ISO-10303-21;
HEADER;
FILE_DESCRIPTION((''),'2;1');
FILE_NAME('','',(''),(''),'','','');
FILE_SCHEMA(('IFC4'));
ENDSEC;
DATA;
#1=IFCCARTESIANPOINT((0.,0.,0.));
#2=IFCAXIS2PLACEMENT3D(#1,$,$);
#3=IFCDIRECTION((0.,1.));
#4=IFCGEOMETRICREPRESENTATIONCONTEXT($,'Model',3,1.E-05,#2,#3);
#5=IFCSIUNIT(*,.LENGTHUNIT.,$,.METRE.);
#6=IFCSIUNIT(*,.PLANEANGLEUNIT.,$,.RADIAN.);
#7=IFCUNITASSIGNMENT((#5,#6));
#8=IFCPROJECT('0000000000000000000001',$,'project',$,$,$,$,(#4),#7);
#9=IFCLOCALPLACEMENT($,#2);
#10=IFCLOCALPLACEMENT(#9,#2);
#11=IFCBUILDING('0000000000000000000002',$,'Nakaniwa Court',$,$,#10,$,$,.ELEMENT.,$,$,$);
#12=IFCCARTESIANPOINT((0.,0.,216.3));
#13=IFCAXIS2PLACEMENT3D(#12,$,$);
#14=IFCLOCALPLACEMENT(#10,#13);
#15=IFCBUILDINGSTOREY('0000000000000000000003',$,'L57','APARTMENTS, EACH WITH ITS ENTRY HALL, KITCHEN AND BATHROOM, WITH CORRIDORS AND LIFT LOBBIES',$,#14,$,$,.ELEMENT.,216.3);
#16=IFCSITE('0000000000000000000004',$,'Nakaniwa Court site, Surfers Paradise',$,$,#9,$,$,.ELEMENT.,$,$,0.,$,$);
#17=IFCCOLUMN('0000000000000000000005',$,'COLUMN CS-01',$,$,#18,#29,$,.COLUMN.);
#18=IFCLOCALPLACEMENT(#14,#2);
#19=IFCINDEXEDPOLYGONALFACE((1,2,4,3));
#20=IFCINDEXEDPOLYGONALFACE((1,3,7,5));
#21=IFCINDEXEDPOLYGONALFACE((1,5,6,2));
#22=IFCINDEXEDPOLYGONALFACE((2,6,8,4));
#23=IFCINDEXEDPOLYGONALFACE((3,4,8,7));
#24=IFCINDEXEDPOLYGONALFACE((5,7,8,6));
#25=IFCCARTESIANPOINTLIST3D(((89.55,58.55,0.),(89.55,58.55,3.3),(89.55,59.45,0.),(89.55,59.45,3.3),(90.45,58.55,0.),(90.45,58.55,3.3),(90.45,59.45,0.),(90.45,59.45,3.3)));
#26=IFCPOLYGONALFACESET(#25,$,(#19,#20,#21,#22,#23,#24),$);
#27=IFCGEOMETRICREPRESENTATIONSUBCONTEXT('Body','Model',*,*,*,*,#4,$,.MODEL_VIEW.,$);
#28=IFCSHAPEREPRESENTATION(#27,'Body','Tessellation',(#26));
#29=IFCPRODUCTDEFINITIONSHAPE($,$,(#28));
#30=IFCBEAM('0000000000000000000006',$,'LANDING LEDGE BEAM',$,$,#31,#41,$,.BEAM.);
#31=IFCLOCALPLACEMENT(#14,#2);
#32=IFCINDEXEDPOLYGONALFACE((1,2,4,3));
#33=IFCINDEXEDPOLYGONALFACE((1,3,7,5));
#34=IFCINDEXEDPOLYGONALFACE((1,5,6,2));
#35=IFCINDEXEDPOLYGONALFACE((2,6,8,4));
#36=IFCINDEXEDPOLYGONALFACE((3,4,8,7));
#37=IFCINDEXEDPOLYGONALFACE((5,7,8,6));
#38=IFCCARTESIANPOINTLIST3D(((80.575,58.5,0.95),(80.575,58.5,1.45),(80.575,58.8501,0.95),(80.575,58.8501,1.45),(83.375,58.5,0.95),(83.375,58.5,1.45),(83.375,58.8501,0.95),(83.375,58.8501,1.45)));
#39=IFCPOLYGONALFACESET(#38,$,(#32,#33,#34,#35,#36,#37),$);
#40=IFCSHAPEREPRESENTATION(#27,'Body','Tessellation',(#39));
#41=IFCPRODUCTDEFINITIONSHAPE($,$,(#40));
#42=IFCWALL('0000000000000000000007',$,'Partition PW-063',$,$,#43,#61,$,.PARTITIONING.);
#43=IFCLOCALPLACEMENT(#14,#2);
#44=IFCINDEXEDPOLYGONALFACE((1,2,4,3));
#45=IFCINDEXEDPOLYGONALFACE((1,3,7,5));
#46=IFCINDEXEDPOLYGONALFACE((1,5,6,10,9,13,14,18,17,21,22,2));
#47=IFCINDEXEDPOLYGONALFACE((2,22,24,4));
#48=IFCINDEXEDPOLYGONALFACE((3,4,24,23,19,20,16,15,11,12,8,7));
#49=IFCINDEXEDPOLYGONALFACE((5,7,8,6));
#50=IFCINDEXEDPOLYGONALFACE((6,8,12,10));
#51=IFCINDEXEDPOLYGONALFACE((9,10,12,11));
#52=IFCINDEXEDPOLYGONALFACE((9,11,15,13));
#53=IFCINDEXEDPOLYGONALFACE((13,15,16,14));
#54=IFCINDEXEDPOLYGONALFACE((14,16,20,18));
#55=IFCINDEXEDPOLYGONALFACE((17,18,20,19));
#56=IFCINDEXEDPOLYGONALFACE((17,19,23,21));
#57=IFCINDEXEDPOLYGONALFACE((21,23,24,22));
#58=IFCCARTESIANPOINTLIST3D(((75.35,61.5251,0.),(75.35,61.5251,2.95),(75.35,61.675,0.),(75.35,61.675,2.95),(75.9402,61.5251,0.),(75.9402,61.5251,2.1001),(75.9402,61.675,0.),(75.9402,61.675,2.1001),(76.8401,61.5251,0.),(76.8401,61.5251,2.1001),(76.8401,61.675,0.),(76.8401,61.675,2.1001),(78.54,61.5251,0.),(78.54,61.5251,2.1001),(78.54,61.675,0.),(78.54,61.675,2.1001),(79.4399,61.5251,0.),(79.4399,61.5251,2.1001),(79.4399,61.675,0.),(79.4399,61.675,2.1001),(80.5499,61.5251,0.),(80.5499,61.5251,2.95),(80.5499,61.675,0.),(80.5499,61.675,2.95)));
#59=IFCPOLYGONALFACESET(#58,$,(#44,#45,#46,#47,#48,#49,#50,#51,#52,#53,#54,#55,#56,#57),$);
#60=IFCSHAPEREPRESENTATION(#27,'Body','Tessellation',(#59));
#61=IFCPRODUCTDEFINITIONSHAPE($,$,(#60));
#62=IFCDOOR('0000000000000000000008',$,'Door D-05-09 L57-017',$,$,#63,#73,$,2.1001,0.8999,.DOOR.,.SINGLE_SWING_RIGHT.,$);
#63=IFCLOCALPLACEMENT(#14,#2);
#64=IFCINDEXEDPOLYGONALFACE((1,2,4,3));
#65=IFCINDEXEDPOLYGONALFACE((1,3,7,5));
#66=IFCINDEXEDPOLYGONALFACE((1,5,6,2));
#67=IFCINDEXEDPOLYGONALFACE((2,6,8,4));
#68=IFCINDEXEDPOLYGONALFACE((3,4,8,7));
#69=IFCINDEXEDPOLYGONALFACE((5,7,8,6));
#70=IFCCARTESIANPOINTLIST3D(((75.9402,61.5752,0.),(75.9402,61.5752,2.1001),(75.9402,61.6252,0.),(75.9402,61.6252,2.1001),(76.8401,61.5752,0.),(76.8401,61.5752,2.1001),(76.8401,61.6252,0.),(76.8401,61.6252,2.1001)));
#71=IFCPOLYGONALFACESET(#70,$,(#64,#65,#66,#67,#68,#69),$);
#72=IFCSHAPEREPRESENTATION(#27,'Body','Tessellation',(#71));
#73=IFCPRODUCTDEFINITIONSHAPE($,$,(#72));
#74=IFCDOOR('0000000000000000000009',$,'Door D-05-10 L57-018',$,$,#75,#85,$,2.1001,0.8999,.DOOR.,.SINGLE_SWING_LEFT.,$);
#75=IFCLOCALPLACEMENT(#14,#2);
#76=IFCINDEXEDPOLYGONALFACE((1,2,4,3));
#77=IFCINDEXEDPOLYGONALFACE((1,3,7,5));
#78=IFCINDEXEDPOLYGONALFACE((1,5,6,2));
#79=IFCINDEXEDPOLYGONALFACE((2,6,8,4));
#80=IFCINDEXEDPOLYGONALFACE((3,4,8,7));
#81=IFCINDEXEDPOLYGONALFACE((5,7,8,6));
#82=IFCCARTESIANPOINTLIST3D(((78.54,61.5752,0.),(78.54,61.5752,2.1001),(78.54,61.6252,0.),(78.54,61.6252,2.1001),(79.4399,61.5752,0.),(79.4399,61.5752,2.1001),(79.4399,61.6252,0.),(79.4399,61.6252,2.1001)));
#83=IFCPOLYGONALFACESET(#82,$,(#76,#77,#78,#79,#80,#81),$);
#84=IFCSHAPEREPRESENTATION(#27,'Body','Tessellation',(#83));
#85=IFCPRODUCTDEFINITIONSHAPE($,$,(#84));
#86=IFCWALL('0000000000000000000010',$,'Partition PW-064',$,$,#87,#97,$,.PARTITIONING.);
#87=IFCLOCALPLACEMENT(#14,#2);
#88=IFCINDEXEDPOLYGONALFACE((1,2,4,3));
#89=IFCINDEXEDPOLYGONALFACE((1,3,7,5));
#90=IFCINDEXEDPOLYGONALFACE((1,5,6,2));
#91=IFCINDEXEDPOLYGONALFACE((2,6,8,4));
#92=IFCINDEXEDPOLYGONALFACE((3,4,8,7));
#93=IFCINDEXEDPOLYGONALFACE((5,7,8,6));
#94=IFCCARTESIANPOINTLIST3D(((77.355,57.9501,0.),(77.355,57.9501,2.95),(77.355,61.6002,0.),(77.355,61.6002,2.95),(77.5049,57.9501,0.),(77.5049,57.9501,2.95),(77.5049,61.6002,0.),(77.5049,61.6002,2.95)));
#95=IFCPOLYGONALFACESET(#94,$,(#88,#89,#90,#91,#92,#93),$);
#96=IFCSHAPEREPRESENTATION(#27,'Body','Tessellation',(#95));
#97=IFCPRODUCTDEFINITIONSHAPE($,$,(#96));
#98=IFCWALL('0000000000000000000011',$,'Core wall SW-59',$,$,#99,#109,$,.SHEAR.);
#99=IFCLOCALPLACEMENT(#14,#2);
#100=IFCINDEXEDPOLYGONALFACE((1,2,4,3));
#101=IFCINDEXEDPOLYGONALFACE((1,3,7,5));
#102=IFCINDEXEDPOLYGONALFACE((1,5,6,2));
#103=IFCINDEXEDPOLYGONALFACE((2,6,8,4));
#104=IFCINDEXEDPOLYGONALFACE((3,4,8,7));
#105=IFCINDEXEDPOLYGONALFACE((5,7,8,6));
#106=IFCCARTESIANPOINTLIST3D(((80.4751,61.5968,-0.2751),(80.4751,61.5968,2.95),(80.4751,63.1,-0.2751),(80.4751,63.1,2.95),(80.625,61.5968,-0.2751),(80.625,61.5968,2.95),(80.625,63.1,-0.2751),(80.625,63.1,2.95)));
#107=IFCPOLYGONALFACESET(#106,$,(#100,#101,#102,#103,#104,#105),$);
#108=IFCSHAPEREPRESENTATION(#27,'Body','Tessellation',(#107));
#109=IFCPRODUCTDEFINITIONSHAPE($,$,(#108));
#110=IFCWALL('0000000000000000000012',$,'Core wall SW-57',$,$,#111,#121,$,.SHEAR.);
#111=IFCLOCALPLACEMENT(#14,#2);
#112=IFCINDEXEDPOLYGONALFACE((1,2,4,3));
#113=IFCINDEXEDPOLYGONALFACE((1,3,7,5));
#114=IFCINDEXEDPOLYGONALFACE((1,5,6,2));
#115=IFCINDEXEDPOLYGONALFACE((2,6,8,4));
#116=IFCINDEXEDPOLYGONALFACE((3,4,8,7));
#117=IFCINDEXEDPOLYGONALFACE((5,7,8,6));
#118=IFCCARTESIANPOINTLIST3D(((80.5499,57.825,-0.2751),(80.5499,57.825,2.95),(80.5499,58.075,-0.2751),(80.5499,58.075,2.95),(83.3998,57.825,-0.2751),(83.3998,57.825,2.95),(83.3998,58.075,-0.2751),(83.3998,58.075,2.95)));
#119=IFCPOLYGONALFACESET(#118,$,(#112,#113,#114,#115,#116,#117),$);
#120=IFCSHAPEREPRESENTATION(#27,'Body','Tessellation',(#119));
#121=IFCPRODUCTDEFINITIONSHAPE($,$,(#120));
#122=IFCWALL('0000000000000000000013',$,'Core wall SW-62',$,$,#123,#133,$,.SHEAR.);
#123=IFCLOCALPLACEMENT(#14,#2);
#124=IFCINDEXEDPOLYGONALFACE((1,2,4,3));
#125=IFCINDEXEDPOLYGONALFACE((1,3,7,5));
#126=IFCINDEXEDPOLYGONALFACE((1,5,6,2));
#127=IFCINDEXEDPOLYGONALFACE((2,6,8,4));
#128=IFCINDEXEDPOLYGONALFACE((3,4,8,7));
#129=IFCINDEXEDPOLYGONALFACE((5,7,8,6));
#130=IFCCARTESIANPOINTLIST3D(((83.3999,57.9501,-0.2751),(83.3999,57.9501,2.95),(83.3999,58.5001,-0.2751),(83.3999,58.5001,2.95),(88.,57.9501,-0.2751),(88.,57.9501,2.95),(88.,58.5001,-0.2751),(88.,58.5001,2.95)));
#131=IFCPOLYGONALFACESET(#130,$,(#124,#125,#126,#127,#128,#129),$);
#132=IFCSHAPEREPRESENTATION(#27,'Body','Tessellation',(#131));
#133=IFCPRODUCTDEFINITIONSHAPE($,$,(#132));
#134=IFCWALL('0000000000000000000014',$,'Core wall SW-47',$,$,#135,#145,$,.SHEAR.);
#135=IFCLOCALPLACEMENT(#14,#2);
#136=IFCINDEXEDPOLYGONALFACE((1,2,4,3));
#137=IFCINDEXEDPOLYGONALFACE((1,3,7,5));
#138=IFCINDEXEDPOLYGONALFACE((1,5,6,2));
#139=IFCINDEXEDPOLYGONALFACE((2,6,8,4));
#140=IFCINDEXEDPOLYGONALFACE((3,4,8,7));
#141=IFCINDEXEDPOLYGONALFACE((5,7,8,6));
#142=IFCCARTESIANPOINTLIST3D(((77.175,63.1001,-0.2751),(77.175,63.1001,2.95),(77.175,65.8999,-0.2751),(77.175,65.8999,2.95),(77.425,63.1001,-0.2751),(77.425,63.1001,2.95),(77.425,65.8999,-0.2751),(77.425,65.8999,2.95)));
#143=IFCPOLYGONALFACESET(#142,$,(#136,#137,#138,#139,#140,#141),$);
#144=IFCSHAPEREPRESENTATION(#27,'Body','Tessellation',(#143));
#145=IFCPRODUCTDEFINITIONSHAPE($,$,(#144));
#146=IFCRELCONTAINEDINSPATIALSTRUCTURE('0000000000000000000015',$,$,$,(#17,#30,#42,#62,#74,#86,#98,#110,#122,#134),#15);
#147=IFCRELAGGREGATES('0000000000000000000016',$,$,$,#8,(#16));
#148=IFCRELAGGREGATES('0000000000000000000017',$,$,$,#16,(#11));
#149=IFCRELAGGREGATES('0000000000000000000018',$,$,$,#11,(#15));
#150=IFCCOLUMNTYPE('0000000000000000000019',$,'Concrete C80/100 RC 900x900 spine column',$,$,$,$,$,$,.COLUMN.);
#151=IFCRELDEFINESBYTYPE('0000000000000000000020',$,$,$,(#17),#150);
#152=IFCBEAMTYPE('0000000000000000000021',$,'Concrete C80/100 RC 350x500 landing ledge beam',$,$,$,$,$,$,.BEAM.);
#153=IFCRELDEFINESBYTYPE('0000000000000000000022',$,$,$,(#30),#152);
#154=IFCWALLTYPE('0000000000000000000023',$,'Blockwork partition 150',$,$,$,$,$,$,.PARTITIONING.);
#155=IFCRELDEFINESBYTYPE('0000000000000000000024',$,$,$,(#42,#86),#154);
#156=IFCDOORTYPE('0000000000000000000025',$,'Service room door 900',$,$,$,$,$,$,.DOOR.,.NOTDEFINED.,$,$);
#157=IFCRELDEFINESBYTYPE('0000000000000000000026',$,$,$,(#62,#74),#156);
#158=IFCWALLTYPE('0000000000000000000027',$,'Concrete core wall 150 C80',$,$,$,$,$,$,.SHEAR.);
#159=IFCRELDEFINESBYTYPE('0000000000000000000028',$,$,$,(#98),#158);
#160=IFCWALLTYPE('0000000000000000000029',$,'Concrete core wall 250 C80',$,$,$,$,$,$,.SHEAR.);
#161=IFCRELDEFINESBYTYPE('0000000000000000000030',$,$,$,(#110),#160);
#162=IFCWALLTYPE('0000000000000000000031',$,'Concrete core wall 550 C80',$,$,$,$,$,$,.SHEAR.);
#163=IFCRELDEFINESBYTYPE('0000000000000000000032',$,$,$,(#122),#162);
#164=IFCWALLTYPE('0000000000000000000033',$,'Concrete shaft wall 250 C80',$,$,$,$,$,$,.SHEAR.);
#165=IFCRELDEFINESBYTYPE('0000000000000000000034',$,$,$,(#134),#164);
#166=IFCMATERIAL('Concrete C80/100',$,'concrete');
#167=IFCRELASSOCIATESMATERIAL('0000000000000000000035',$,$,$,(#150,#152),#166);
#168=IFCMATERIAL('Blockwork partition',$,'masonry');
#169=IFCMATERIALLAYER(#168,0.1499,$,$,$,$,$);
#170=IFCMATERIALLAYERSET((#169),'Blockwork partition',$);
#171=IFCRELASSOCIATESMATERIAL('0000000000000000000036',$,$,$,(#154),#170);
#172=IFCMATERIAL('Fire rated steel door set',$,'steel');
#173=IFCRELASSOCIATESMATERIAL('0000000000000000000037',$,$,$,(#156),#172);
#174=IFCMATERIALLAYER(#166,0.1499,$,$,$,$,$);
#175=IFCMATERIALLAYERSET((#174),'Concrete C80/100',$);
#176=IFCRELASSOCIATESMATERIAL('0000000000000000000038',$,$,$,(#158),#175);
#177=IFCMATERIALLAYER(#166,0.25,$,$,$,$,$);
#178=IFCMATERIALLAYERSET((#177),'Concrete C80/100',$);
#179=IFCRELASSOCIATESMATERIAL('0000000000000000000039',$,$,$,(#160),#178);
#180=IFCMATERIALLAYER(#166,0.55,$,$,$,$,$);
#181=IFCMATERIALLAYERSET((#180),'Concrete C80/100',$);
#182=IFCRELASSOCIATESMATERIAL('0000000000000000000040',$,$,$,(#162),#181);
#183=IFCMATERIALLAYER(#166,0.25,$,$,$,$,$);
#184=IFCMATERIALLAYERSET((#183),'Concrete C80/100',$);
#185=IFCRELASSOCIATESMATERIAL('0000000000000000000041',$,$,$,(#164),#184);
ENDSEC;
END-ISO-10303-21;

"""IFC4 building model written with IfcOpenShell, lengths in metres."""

from ifc_helpers import new_model, si_unit, direction, frame, frame_2d, origin, origin_2d, place, context, subcontext, project, spatial, rectangle, extrude, material, layer, layer_set, material_profile, profile_set, type_object, element, fill, save


model = new_model("IFC4")

# Units and contexts
model_context = context("Model", 3, precision=1e-05, world=origin(), true_north=direction((0.0, 1.0)))
body_context = subcontext(model_context, "Body", "Model", "MODEL_VIEW")
ifc_project = project(units=[si_unit("LENGTHUNIT", "METRE"), si_unit("PLANEANGLEUNIT", "RADIAN")], contexts=[model_context])

# Site, building, storey
site_placement = place(None, origin())
site = spatial("IfcSite", under=ifc_project, at=site_placement, Name="Nakaniwa Court site, Surfers Paradise", CompositionType="ELEMENT", RefElevation=0.0)
building_placement = place(site_placement, origin())
building = spatial("IfcBuilding", under=site, at=building_placement, Name="Nakaniwa Court", CompositionType="ELEMENT")
storey_placement = place(building_placement, frame((0.0, 0.0, 216.3)))
storey = spatial("IfcBuildingStorey", under=building, at=storey_placement, Name="L57", Description="APARTMENTS, EACH WITH ITS ENTRY HALL, KITCHEN AND BATHROOM, WITH CORRIDORS AND LIFT LOBBIES", CompositionType="ELEMENT", Elevation=216.3)

# Column
ifc_material_1 = material(Name="Concrete C80/100", Category="concrete")
ifc_material_profile_1 = material_profile(ifc_material_1, rectangle(XDim=0.8999, YDim=0.8999, at=origin_2d()), Name="Concrete C80/100 RC 900x900 spine column")
ifc_profile_set_1 = profile_set([ifc_material_profile_1], Name="Concrete C80/100")
column_type = type_object("IfcColumnType", Name="Concrete C80/100 RC 900x900 spine column", PredefinedType="COLUMN", material=ifc_profile_set_1)
column_placement = place(storey_placement, frame((90.0, 59.0, 0.0), z_axis=(0.0, 0.0, 1.0), x_axis=(0.0, 1.0, 0.0)))
element("IfcColumn", 1, at=column_placement, inside=storey, type_object=column_type, Name="COLUMN CS-01", PredefinedType="COLUMN", context=body_context, shape_type="SweptSolid", body=[
    extrude(rectangle(XDim=0.8999, YDim=0.8999, at=origin_2d()), origin(), (0.0, 0.0, 1.0), 3.3),
])

# Beam
ifc_material_profile_2 = material_profile(ifc_material_1, rectangle(XDim=0.3501, YDim=0.5, at=origin_2d()), Name="Concrete C80/100 RC 350x500 landing ledge beam")
ifc_profile_set_2 = profile_set([ifc_material_profile_2], Name="Concrete C80/100")
beam_type = type_object("IfcBeamType", Name="Concrete C80/100 RC 350x500 landing ledge beam", PredefinedType="BEAM", material=ifc_profile_set_2)
beam_placement = place(storey_placement, frame((80.575, 58.675, 1.2), z_axis=(1.0, 0.0, 0.0), x_axis=(0.0, 1.0, 0.0)))
element("IfcBeam", 2, at=beam_placement, inside=storey, type_object=beam_type, Name="LANDING LEDGE BEAM", PredefinedType="BEAM", context=body_context, shape_type="SweptSolid", body=[
    extrude(rectangle(XDim=0.3501, YDim=0.5, at=origin_2d()), origin(), (0.0, 0.0, 1.0), 2.8),
])

# Wall, openings, doors
ifc_material_2 = material(Name="Blockwork partition", Category="masonry")
ifc_layer_1 = layer(ifc_material_2, 0.1499)
ifc_layer_set_1 = layer_set([ifc_layer_1], Name="Blockwork partition")
wall_type_1 = type_object("IfcWallType", Name="Blockwork partition 150", PredefinedType="PARTITIONING", material=ifc_layer_set_1)
wall_1_placement = place(storey_placement, frame((80.55, 61.6001, 0.0), z_axis=(0.0, 0.0, 1.0), x_axis=(-1.0, 0.0, 0.0)))
wall_1 = element("IfcWall", 3, at=wall_1_placement, inside=storey, type_object=wall_type_1, Name="Partition PW-063", PredefinedType="PARTITIONING", context=body_context, shape_type="SweptSolid", body=[
    extrude(rectangle(XDim=5.2, YDim=0.1499, at=frame_2d((2.6001, 0.0))), origin(), (0.0, 0.0, 1.0), 2.95),
])
opening_1_placement = place(wall_1_placement, frame((3.71, 0.0, 0.0)))
opening_1 = element("IfcOpeningElement", 4, at=opening_1_placement, cuts=wall_1, PredefinedType="OPENING", context=body_context, shape_type="SweptSolid", body=[
    extrude(rectangle(XDim=0.8999, YDim=2.1001, at=frame_2d((0.45, 1.05))), frame((0.0, 0.085, 0.0), z_axis=(0.0, -1.0, 0.0), x_axis=(1.0, 0.0, 0.0)), (0.0, 0.0, 1.0), 0.1699),
])
opening_2_placement = place(wall_1_placement, frame((1.1101, 0.0, 0.0)))
opening_2 = element("IfcOpeningElement", 5, at=opening_2_placement, cuts=wall_1, PredefinedType="OPENING", context=body_context, shape_type="SweptSolid", body=[
    extrude(rectangle(XDim=0.8999, YDim=2.1001, at=frame_2d((0.45, 1.05))), frame((0.0, 0.085, 0.0), z_axis=(0.0, -1.0, 0.0), x_axis=(1.0, 0.0, 0.0)), (0.0, 0.0, 1.0), 0.1699),
])
ifc_material_3 = material(Name="Fire rated steel door set", Category="steel")
door_type_1 = type_object("IfcDoorType", Name="Service room door 900", OperationType="NOTDEFINED", PredefinedType="DOOR", material=ifc_material_3)
door_1_placement = place(opening_1_placement, origin())
door_1 = element("IfcDoor", 6, at=door_1_placement, inside=storey, type_object=door_type_1, Name="Door D-05-09 L57-017", OperationType="SINGLE_SWING_RIGHT", OverallHeight=2.1001, OverallWidth=0.8999, PredefinedType="DOOR", context=body_context, shape_type="SweptSolid", body=[
    extrude(rectangle(XDim=0.8999, YDim=2.1001, at=frame_2d((0.45, 1.05))), frame((0.0, 0.0249, 0.0), z_axis=(0.0, -1.0, 0.0), x_axis=(1.0, 0.0, 0.0)), (0.0, 0.0, 1.0), 0.05),
])
fill(opening_1, door_1)
door_2_placement = place(opening_2_placement, origin())
door_2 = element("IfcDoor", 7, at=door_2_placement, inside=storey, type_object=door_type_1, Name="Door D-05-10 L57-018", OperationType="SINGLE_SWING_LEFT", OverallHeight=2.1001, OverallWidth=0.8999, PredefinedType="DOOR", context=body_context, shape_type="SweptSolid", body=[
    extrude(rectangle(XDim=0.8999, YDim=2.1001, at=frame_2d((0.45, 1.05))), frame((0.0, 0.0249, 0.0), z_axis=(0.0, -1.0, 0.0), x_axis=(1.0, 0.0, 0.0)), (0.0, 0.0, 1.0), 0.05),
])
fill(opening_2, door_2)

# Walls
wall_2_placement = place(storey_placement, frame((77.4299, 57.95, 0.0), z_axis=(0.0, 0.0, 1.0), x_axis=(0.0, 1.0, 0.0)))
element("IfcWall", 8, at=wall_2_placement, inside=storey, type_object=wall_type_1, Name="Partition PW-064", PredefinedType="PARTITIONING", context=body_context, shape_type="SweptSolid", body=[
    extrude(rectangle(XDim=3.6501, YDim=0.1499, at=frame_2d((1.8252, 0.0))), origin(), (0.0, 0.0, 1.0), 2.95),
])
ifc_layer_2 = layer(ifc_material_1, 0.1499)
ifc_layer_set_2 = layer_set([ifc_layer_2], Name="Concrete C80/100")
wall_type_2 = type_object("IfcWallType", Name="Concrete core wall 150 C80", PredefinedType="SHEAR", material=ifc_layer_set_2)
wall_3_placement = place(storey_placement, frame((80.55, 61.5969, -0.2751), z_axis=(0.0, 0.0, 1.0), x_axis=(0.0, 1.0, 0.0)))
element("IfcWall", 9, at=wall_3_placement, inside=storey, type_object=wall_type_2, Name="Core wall SW-59", PredefinedType="SHEAR", context=body_context, shape_type="SweptSolid", body=[
    extrude(rectangle(XDim=1.5032, YDim=0.1499, at=frame_2d((0.7515, 0.0))), origin(), (0.0, 0.0, 1.0), 3.2251),
])
ifc_layer_3 = layer(ifc_material_1, 0.25)
ifc_layer_set_3 = layer_set([ifc_layer_3], Name="Concrete C80/100")
wall_type_3 = type_object("IfcWallType", Name="Concrete core wall 250 C80", PredefinedType="SHEAR", material=ifc_layer_set_3)
wall_4_placement = place(storey_placement, frame((80.55, 57.95, -0.2751), z_axis=(0.0, 0.0, 1.0), x_axis=(1.0, 0.0, 0.0)))
element("IfcWall", 10, at=wall_4_placement, inside=storey, type_object=wall_type_3, Name="Core wall SW-57", PredefinedType="SHEAR", context=body_context, shape_type="SweptSolid", body=[
    extrude(rectangle(XDim=2.8499, YDim=0.25, at=frame_2d((1.4248, 0.0))), origin(), (0.0, 0.0, 1.0), 3.2251),
])
ifc_layer_4 = layer(ifc_material_1, 0.55)
ifc_layer_set_4 = layer_set([ifc_layer_4], Name="Concrete C80/100")
wall_type_4 = type_object("IfcWallType", Name="Concrete core wall 550 C80", PredefinedType="SHEAR", material=ifc_layer_set_4)
wall_5_placement = place(storey_placement, frame((83.3999, 58.2251, -0.2751), z_axis=(0.0, 0.0, 1.0), x_axis=(1.0, 0.0, 0.0)))
element("IfcWall", 11, at=wall_5_placement, inside=storey, type_object=wall_type_4, Name="Core wall SW-62", PredefinedType="SHEAR", context=body_context, shape_type="SweptSolid", body=[
    extrude(rectangle(XDim=4.6001, YDim=0.55, at=frame_2d((2.3, 0.0))), origin(), (0.0, 0.0, 1.0), 3.2251),
])
ifc_layer_5 = layer(ifc_material_1, 0.25)
ifc_layer_set_5 = layer_set([ifc_layer_5], Name="Concrete C80/100")
wall_type_5 = type_object("IfcWallType", Name="Concrete shaft wall 250 C80", PredefinedType="SHEAR", material=ifc_layer_set_5)
wall_6_placement = place(storey_placement, frame((77.3, 63.1001, -0.2751), z_axis=(0.0, 0.0, 1.0), x_axis=(0.0, 1.0, 0.0)))
element("IfcWall", 12, at=wall_6_placement, inside=storey, type_object=wall_type_5, Name="Core wall SW-47", PredefinedType="SHEAR", context=body_context, shape_type="SweptSolid", body=[
    extrude(rectangle(XDim=2.7998, YDim=0.25, at=frame_2d((1.3999, 0.0))), origin(), (0.0, 0.0, 1.0), 3.2251),
])

save(model, "model.ifc")
